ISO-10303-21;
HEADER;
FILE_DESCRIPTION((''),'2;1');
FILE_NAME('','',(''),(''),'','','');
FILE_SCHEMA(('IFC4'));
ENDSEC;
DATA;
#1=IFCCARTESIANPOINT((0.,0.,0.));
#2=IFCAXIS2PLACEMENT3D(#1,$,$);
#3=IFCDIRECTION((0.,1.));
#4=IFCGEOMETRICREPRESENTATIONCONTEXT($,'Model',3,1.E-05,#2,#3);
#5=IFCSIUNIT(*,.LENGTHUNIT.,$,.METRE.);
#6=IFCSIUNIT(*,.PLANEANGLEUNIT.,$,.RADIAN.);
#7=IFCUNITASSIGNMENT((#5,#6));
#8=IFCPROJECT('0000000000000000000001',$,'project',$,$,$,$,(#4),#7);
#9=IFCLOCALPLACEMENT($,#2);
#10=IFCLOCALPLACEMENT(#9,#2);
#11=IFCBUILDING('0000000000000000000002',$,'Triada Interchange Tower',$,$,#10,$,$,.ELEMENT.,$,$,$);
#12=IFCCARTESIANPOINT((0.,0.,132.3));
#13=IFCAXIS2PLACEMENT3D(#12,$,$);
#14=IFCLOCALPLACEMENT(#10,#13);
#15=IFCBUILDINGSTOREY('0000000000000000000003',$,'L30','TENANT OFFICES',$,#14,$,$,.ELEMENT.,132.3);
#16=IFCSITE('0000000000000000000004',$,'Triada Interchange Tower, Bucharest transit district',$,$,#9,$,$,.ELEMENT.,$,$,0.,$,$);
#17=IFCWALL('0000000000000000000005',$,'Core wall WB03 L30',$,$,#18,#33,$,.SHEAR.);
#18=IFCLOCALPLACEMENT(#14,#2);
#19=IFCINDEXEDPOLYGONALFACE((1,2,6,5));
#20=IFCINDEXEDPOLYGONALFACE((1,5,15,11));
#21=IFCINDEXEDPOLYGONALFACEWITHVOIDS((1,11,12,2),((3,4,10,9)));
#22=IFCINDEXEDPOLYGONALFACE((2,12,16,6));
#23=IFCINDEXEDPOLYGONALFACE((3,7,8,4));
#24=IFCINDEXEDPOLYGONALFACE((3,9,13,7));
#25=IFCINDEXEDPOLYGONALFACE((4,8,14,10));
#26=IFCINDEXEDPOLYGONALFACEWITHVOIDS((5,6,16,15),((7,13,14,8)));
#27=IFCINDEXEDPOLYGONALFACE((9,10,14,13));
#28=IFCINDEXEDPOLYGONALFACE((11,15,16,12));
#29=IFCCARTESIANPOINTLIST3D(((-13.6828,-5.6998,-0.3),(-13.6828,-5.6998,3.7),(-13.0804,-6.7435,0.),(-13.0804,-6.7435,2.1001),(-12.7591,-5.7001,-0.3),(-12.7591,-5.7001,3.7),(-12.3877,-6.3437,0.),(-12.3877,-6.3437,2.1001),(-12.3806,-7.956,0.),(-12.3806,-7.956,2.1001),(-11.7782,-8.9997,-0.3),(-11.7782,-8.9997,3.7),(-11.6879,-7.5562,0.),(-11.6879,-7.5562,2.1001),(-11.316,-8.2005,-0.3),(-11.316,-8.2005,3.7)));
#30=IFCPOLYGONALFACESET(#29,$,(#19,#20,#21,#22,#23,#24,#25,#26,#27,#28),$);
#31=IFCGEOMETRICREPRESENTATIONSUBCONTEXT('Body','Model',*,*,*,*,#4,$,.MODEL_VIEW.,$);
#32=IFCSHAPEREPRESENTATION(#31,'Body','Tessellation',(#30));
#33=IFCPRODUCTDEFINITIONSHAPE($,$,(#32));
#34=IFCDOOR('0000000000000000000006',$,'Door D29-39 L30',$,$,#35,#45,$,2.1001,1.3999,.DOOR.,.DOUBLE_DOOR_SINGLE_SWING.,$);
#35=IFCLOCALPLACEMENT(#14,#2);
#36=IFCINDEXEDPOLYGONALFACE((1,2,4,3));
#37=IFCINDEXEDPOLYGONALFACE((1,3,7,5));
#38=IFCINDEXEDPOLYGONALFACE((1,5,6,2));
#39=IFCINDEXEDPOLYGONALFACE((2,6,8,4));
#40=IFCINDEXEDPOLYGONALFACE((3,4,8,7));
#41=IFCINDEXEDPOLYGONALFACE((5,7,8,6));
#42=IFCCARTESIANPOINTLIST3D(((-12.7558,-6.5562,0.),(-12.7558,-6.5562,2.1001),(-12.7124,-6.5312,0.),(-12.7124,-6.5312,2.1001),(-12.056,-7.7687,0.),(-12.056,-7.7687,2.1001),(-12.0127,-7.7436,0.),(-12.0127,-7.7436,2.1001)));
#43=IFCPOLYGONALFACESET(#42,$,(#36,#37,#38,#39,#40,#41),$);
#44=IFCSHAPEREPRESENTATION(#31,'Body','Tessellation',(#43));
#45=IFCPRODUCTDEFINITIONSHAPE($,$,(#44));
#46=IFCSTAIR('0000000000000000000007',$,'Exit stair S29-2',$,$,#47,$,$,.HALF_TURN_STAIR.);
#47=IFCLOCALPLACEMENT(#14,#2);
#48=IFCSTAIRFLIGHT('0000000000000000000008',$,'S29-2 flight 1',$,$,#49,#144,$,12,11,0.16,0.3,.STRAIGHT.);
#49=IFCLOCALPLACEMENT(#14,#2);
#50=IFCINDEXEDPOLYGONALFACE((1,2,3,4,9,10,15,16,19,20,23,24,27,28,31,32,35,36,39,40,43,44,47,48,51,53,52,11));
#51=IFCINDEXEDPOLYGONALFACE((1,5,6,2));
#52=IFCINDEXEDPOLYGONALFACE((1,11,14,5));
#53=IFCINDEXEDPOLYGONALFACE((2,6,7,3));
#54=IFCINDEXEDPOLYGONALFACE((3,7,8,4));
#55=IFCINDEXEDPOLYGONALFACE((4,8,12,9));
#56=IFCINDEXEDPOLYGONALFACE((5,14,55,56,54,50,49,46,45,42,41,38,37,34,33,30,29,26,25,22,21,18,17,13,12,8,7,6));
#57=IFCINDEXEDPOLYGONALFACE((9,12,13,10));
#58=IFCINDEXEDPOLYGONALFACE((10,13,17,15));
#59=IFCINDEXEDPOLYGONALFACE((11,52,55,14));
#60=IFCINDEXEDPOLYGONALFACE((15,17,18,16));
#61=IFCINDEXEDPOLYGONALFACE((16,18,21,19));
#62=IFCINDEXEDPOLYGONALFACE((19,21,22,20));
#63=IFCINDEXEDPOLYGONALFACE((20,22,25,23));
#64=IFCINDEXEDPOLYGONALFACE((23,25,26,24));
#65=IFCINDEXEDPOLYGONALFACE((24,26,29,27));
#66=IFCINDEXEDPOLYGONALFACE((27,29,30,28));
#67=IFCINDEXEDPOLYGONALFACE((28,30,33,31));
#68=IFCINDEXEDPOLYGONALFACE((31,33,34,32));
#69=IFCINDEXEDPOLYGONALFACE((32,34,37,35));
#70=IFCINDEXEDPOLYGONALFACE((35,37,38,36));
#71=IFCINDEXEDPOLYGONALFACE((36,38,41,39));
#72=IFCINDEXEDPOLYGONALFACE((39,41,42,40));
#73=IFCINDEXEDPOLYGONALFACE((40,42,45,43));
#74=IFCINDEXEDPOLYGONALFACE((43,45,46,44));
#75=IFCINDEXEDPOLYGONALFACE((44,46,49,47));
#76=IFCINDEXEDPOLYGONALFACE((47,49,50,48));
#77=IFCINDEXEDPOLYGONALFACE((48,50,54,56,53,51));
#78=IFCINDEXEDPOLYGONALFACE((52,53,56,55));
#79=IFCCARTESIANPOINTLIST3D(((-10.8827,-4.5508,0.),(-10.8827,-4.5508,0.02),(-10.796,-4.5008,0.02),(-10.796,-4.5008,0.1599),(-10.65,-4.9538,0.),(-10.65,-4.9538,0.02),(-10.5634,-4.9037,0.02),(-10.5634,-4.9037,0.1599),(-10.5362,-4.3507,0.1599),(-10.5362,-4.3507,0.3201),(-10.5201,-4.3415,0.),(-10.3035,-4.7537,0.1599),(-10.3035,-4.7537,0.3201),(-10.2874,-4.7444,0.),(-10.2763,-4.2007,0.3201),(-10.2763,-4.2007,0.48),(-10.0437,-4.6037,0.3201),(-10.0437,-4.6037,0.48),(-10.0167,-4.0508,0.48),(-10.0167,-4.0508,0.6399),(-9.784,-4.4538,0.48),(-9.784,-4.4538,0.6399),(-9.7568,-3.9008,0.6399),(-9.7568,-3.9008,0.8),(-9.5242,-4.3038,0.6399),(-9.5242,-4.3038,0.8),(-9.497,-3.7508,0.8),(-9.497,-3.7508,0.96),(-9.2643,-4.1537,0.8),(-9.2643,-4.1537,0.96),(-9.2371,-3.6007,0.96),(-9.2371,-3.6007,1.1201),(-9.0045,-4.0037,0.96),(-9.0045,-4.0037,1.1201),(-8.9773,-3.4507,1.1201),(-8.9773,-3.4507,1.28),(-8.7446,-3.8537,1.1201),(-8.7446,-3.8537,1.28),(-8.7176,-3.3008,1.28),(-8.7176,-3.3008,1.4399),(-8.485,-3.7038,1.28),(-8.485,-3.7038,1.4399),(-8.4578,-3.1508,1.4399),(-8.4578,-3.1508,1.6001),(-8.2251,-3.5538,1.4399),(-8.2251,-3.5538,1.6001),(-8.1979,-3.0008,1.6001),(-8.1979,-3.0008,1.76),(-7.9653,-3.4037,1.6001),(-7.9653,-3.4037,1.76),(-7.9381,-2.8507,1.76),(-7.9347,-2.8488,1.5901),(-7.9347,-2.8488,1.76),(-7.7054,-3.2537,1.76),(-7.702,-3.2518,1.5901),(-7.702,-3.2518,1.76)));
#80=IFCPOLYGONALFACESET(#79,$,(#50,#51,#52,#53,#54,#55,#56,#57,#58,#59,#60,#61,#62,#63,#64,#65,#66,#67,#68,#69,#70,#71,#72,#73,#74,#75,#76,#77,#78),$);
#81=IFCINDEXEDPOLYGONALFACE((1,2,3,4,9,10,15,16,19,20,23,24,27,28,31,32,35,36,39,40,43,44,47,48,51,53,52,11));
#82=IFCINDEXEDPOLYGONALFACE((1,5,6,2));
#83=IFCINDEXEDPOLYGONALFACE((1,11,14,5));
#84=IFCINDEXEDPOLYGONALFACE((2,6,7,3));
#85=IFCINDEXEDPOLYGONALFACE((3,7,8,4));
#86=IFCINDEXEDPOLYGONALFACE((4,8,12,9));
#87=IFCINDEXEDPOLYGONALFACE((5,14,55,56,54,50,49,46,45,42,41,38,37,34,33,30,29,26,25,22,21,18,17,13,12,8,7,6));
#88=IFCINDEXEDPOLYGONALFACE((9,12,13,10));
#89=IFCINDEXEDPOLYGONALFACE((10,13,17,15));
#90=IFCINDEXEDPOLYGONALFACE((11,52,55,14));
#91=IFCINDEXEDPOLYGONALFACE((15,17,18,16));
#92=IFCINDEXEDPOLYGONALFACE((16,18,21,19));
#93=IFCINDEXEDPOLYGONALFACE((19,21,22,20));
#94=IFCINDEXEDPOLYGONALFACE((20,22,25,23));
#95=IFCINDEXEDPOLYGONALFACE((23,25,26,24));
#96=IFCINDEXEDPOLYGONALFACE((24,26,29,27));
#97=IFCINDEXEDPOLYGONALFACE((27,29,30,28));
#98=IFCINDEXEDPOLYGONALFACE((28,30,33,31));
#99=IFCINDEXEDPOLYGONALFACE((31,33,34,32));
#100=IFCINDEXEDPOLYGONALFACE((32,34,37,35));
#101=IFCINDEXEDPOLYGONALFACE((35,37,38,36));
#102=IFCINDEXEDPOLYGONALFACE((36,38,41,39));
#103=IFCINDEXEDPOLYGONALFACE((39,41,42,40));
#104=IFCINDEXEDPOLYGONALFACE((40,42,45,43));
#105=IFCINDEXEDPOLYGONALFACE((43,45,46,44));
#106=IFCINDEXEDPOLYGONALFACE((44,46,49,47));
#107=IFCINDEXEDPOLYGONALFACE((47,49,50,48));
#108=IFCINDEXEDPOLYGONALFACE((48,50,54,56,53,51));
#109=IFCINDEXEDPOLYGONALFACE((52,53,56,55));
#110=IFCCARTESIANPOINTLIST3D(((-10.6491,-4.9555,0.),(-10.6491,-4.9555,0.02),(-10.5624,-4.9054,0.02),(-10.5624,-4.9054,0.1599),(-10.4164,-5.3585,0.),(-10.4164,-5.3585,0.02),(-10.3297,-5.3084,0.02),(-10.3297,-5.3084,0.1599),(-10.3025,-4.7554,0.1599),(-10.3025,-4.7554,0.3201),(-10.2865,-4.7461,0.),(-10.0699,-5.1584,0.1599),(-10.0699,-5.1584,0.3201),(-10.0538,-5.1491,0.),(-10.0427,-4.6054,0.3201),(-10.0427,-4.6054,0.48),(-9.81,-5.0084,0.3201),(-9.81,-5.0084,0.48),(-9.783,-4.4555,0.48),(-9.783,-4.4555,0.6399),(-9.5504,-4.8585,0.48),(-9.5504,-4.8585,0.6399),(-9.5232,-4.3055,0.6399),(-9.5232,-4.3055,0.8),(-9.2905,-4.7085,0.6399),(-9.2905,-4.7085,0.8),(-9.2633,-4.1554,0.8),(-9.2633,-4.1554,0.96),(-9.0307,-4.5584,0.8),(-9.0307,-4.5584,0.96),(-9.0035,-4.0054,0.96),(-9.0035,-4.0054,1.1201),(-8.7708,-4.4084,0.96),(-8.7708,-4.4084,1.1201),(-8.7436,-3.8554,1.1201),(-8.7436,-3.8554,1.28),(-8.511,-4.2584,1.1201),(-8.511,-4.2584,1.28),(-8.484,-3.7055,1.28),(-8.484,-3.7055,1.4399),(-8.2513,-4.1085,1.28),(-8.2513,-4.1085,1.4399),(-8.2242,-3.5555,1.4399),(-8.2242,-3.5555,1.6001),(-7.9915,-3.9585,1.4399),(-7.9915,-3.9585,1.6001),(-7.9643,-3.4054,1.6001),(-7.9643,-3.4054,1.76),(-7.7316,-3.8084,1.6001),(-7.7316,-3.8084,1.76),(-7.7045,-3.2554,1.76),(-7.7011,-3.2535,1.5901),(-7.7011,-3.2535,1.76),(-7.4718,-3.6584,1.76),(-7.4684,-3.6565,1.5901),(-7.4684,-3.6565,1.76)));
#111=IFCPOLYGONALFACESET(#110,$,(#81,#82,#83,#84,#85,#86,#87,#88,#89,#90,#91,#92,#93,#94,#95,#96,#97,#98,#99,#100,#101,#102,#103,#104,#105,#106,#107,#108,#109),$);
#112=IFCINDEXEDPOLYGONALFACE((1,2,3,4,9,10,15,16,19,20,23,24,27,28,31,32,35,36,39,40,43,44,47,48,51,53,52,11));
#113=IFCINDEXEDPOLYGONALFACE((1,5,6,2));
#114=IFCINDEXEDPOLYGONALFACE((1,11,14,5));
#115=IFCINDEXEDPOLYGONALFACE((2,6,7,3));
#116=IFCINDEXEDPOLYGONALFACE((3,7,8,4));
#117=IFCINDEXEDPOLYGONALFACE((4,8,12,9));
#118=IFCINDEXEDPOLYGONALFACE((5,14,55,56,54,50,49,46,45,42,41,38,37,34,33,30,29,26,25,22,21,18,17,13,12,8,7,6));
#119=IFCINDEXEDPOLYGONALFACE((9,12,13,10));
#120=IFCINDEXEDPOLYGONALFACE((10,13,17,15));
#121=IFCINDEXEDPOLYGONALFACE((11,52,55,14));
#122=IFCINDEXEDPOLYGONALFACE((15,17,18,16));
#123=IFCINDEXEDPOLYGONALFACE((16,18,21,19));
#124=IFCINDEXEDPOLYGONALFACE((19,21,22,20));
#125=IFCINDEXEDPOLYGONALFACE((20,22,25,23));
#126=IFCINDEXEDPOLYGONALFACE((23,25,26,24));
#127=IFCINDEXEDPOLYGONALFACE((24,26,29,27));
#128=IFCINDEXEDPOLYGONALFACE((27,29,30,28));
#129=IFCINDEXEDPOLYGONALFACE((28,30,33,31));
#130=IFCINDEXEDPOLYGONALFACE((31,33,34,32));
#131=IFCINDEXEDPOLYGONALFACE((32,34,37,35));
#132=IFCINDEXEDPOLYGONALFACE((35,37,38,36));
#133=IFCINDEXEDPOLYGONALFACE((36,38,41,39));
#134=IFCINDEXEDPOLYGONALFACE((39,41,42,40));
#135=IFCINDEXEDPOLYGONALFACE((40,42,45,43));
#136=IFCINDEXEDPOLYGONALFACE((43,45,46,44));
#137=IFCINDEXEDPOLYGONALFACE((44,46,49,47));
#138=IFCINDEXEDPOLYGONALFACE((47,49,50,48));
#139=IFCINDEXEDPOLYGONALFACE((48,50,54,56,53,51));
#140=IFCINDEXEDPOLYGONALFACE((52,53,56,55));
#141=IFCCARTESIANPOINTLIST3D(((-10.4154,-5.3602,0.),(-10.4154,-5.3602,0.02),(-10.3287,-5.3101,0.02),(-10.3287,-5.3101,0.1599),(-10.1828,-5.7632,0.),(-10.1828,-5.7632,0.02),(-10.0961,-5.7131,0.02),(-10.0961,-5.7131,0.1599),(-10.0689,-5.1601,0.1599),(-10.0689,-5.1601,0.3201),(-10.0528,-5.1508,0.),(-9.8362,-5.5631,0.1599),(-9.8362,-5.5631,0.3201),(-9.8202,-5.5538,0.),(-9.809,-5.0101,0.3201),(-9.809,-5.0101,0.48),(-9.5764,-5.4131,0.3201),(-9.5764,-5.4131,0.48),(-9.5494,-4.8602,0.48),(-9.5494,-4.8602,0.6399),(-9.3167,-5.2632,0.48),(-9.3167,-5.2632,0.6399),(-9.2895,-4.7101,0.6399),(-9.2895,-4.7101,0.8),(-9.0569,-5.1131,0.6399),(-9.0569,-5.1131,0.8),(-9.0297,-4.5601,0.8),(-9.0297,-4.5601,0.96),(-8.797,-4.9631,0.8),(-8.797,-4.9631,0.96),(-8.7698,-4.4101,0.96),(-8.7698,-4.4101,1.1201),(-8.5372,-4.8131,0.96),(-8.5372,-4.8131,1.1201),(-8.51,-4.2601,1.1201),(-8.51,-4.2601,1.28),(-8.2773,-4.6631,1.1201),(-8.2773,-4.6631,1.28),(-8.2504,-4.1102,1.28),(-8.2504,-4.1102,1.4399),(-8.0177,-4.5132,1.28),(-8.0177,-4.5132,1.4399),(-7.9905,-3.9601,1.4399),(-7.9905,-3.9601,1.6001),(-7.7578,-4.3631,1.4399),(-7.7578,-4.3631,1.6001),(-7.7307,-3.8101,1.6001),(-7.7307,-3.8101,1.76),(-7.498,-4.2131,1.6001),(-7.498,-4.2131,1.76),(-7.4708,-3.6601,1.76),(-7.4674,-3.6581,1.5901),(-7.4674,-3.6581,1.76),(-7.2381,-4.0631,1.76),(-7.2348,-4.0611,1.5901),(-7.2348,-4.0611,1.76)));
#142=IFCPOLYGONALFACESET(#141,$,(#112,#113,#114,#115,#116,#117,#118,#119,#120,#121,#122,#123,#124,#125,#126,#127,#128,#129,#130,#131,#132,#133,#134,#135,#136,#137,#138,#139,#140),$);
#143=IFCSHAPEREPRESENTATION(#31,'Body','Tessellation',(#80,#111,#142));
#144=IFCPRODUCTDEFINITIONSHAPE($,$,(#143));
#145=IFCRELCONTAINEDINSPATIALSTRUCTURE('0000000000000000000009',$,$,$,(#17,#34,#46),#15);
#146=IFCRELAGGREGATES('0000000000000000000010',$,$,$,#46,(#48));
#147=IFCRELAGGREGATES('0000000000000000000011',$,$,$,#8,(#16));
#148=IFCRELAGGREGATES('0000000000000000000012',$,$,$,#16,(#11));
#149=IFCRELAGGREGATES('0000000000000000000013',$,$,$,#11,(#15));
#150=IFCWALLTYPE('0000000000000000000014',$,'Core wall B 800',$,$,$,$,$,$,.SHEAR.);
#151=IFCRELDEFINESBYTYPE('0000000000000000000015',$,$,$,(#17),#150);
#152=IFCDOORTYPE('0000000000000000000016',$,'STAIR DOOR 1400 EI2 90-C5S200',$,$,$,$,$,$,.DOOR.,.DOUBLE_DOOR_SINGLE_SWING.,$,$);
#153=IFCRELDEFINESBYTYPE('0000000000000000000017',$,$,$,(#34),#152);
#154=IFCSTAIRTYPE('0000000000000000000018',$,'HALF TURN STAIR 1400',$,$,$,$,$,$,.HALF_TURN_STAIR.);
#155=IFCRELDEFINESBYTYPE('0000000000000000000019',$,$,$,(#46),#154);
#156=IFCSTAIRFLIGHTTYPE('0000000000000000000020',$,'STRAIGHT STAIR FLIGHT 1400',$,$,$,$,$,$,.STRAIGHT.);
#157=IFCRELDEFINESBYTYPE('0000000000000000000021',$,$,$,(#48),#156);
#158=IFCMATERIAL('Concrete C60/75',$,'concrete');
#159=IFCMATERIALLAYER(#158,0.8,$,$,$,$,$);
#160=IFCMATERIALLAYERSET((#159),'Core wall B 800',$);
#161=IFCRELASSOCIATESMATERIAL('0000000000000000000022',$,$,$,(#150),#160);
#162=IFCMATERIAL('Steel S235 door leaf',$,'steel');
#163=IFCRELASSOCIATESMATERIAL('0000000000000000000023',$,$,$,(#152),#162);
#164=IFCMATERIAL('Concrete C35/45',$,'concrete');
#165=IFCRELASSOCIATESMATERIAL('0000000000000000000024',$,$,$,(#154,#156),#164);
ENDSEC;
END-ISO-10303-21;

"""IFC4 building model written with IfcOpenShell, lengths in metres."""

from ifc_helpers import new_model, si_unit, direction, frame, frame_2d, origin, place, context, subcontext, project, spatial, polyline, rectangle, outline, extrude, material, layer, layer_set, type_object, element, fill, aggregate, save


model = new_model("IFC4")

# Units and contexts
model_context = context("Model", 3, precision=1e-05, world=origin(), true_north=direction((0.0, 1.0)))
body_context = subcontext(model_context, "Body", "Model", "MODEL_VIEW")
ifc_project = project(units=[si_unit("LENGTHUNIT", "METRE"), si_unit("PLANEANGLEUNIT", "RADIAN")], contexts=[model_context])

# Site, building, storey
site_placement = place(None, origin())
site = spatial("IfcSite", under=ifc_project, at=site_placement, Name="Triada Interchange Tower, Bucharest transit district", CompositionType="ELEMENT", RefElevation=0.0)
building_placement = place(site_placement, origin())
building = spatial("IfcBuilding", under=site, at=building_placement, Name="Triada Interchange Tower", CompositionType="ELEMENT")
storey_placement = place(building_placement, frame((0.0, 0.0, 132.3)))
storey = spatial("IfcBuildingStorey", under=building, at=storey_placement, Name="L30", Description="TENANT OFFICES", CompositionType="ELEMENT", Elevation=132.3)

# Shared definitions
ifc_material_1 = material(Name="Steel S235 door leaf", Category="steel")

# Wall, opening, door
ifc_material_2 = material(Name="Concrete C60/75", Category="concrete")
ifc_layer_1 = layer(ifc_material_2, 0.8)
ifc_layer_set_1 = layer_set([ifc_layer_1], Name="Core wall B 800")
wall_type_1 = type_object("IfcWallType", Name="Core wall B 800", PredefinedType="SHEAR", material=ifc_layer_set_1)
wall_1_placement = place(storey_placement, frame((-13.2209, -5.7, -0.3), z_axis=(0.0, 0.0, 1.0), x_axis=(0.499872, -0.866099, 0.0)))
wall_1 = element("IfcWall", 1, at=wall_1_placement, inside=storey, type_object=wall_type_1, Name="Core wall WB03 L30", PredefinedType="SHEAR", context=body_context, shape_type="SweptSolid", body=[
    extrude(outline(polyline([(-0.231, -0.3999), (1.6741, -0.3999), (3.5791, -0.3999), (3.1179, 0.3999), (1.6743, 0.3999), (0.231, 0.3999), (-0.231, -0.3999)])), origin(), (0.0, 0.0, 1.0), 4.0),
])
opening_1_placement = place(wall_1_placement, frame((0.9741, 0.0, 0.3)))
opening_1 = element("IfcOpeningElement", 2, at=opening_1_placement, cuts=wall_1, PredefinedType="OPENING", context=body_context, shape_type="SweptSolid", body=[
    extrude(rectangle(XDim=1.3999, YDim=2.1001, at=frame_2d((0.7, 1.05))), frame((0.0, 0.4099, 0.0), z_axis=(0.0, -1.0, 0.0), x_axis=(1.0, 0.0, 0.0)), (0.0, 0.0, 1.0), 0.8201),
])
door_type_1 = type_object("IfcDoorType", Name="STAIR DOOR 1400 EI2 90-C5S200", OperationType="DOUBLE_DOOR_SINGLE_SWING", PredefinedType="DOOR", material=ifc_material_1)
door_1_placement = place(opening_1_placement, origin())
door_1 = element("IfcDoor", 3, at=door_1_placement, inside=storey, type_object=door_type_1, Name="Door D29-39 L30", OperationType="DOUBLE_DOOR_SINGLE_SWING", OverallHeight=2.1001, OverallWidth=1.3999, PredefinedType="DOOR", context=body_context, shape_type="SweptSolid", body=[
    extrude(rectangle(XDim=1.3999, YDim=2.1001, at=frame_2d((0.7, 1.05))), frame((0.0, 0.0249, 0.0), z_axis=(0.0, -1.0, 0.0), x_axis=(1.0, 0.0, 0.0)), (0.0, 0.0, 1.0), 0.05),
])
fill(opening_1, door_1)

# Stair, stair flight
ifc_material_3 = material(Name="Concrete C35/45", Category="concrete")
stair_type = type_object("IfcStairType", Name="HALF TURN STAIR 1400", PredefinedType="HALF_TURN_STAIR", material=ifc_material_3)
stair_placement = place(storey_placement, origin())
stair = element("IfcStair", 4, at=stair_placement, inside=storey, type_object=stair_type, Name="Exit stair S29-2", PredefinedType="HALF_TURN_STAIR")
stair_flight_type = type_object("IfcStairFlightType", Name="STRAIGHT STAIR FLIGHT 1400", PredefinedType="STRAIGHT", material=ifc_material_3)
stair_flight_1_placement = place(storey_placement, frame((-10.446, -5.1069, 0.0), z_axis=(0.0, 0.0, 1.0), x_axis=(0.866025, 0.5, 0.0)))
stair_flight_1 = element("IfcStairFlight", 5, at=stair_flight_1_placement, type_object=stair_flight_type, Name="S29-2 flight 1", NumberOfRisers=12, NumberOfTreads=11, PredefinedType="STRAIGHT", RiserHeight=0.16, TreadLength=0.3, context=body_context, shape_type="SweptSolid", body=[
    extrude(outline(polyline([(-0.1001, 0.0), (-0.1001, 0.02), (0.0, 0.02), (0.0, 0.1599), (0.3, 0.1599), (0.3, 0.3201), (0.6001, 0.3201), (0.6001, 0.48), (0.8999, 0.48), (0.8999, 0.6399), (1.2, 0.6399), (1.2, 0.8), (1.5, 0.8), (1.5, 0.96), (1.8, 0.96), (1.8, 1.1201), (2.1001, 1.1201), (2.1001, 1.28), (2.3999, 1.28), (2.3999, 1.4399), (2.7, 1.4399), (2.7, 1.6001), (3.0, 1.6001), (3.0, 1.76), (3.3, 1.76), (3.304, 1.76), (3.304, 1.9199), (3.304, 1.5901), (0.3186, 0.0), (-0.1001, 0.0)])), frame((0.0, 0.7, 0.0), z_axis=(0.0, -1.0, 0.0), x_axis=(1.0, 0.0, 0.0)), (0.0, 0.0, 1.0), 0.4653),
    extrude(outline(polyline([(-0.1001, 0.0), (-0.1001, 0.02), (0.0, 0.02), (0.0, 0.1599), (0.3, 0.1599), (0.3, 0.3201), (0.6001, 0.3201), (0.6001, 0.48), (0.8999, 0.48), (0.8999, 0.6399), (1.2, 0.6399), (1.2, 0.8), (1.5, 0.8), (1.5, 0.96), (1.8, 0.96), (1.8, 1.1201), (2.1001, 1.1201), (2.1001, 1.28), (2.3999, 1.28), (2.3999, 1.4399), (2.7, 1.4399), (2.7, 1.6001), (3.0, 1.6001), (3.0, 1.76), (3.3, 1.76), (3.304, 1.76), (3.304, 1.9199), (3.304, 1.5901), (0.3186, 0.0), (-0.1001, 0.0)])), frame((0.0, 0.2327, 0.0), z_axis=(0.0, -1.0, 0.0), x_axis=(1.0, 0.0, 0.0)), (0.0, 0.0, 1.0), 0.4653),
    extrude(outline(polyline([(-0.1001, 0.0), (-0.1001, 0.02), (0.0, 0.02), (0.0, 0.1599), (0.3, 0.1599), (0.3, 0.3201), (0.6001, 0.3201), (0.6001, 0.48), (0.8999, 0.48), (0.8999, 0.6399), (1.2, 0.6399), (1.2, 0.8), (1.5, 0.8), (1.5, 0.96), (1.8, 0.96), (1.8, 1.1201), (2.1001, 1.1201), (2.1001, 1.28), (2.3999, 1.28), (2.3999, 1.4399), (2.7, 1.4399), (2.7, 1.6001), (3.0, 1.6001), (3.0, 1.76), (3.3, 1.76), (3.304, 1.76), (3.304, 1.9199), (3.304, 1.5901), (0.3186, 0.0), (-0.1001, 0.0)])), frame((0.0, -0.2346, 0.0), z_axis=(0.0, -1.0, 0.0), x_axis=(1.0, 0.0, 0.0)), (0.0, 0.0, 1.0), 0.4653),
])
aggregate(stair, [stair_flight_1])

save(model, "model.ifc")
